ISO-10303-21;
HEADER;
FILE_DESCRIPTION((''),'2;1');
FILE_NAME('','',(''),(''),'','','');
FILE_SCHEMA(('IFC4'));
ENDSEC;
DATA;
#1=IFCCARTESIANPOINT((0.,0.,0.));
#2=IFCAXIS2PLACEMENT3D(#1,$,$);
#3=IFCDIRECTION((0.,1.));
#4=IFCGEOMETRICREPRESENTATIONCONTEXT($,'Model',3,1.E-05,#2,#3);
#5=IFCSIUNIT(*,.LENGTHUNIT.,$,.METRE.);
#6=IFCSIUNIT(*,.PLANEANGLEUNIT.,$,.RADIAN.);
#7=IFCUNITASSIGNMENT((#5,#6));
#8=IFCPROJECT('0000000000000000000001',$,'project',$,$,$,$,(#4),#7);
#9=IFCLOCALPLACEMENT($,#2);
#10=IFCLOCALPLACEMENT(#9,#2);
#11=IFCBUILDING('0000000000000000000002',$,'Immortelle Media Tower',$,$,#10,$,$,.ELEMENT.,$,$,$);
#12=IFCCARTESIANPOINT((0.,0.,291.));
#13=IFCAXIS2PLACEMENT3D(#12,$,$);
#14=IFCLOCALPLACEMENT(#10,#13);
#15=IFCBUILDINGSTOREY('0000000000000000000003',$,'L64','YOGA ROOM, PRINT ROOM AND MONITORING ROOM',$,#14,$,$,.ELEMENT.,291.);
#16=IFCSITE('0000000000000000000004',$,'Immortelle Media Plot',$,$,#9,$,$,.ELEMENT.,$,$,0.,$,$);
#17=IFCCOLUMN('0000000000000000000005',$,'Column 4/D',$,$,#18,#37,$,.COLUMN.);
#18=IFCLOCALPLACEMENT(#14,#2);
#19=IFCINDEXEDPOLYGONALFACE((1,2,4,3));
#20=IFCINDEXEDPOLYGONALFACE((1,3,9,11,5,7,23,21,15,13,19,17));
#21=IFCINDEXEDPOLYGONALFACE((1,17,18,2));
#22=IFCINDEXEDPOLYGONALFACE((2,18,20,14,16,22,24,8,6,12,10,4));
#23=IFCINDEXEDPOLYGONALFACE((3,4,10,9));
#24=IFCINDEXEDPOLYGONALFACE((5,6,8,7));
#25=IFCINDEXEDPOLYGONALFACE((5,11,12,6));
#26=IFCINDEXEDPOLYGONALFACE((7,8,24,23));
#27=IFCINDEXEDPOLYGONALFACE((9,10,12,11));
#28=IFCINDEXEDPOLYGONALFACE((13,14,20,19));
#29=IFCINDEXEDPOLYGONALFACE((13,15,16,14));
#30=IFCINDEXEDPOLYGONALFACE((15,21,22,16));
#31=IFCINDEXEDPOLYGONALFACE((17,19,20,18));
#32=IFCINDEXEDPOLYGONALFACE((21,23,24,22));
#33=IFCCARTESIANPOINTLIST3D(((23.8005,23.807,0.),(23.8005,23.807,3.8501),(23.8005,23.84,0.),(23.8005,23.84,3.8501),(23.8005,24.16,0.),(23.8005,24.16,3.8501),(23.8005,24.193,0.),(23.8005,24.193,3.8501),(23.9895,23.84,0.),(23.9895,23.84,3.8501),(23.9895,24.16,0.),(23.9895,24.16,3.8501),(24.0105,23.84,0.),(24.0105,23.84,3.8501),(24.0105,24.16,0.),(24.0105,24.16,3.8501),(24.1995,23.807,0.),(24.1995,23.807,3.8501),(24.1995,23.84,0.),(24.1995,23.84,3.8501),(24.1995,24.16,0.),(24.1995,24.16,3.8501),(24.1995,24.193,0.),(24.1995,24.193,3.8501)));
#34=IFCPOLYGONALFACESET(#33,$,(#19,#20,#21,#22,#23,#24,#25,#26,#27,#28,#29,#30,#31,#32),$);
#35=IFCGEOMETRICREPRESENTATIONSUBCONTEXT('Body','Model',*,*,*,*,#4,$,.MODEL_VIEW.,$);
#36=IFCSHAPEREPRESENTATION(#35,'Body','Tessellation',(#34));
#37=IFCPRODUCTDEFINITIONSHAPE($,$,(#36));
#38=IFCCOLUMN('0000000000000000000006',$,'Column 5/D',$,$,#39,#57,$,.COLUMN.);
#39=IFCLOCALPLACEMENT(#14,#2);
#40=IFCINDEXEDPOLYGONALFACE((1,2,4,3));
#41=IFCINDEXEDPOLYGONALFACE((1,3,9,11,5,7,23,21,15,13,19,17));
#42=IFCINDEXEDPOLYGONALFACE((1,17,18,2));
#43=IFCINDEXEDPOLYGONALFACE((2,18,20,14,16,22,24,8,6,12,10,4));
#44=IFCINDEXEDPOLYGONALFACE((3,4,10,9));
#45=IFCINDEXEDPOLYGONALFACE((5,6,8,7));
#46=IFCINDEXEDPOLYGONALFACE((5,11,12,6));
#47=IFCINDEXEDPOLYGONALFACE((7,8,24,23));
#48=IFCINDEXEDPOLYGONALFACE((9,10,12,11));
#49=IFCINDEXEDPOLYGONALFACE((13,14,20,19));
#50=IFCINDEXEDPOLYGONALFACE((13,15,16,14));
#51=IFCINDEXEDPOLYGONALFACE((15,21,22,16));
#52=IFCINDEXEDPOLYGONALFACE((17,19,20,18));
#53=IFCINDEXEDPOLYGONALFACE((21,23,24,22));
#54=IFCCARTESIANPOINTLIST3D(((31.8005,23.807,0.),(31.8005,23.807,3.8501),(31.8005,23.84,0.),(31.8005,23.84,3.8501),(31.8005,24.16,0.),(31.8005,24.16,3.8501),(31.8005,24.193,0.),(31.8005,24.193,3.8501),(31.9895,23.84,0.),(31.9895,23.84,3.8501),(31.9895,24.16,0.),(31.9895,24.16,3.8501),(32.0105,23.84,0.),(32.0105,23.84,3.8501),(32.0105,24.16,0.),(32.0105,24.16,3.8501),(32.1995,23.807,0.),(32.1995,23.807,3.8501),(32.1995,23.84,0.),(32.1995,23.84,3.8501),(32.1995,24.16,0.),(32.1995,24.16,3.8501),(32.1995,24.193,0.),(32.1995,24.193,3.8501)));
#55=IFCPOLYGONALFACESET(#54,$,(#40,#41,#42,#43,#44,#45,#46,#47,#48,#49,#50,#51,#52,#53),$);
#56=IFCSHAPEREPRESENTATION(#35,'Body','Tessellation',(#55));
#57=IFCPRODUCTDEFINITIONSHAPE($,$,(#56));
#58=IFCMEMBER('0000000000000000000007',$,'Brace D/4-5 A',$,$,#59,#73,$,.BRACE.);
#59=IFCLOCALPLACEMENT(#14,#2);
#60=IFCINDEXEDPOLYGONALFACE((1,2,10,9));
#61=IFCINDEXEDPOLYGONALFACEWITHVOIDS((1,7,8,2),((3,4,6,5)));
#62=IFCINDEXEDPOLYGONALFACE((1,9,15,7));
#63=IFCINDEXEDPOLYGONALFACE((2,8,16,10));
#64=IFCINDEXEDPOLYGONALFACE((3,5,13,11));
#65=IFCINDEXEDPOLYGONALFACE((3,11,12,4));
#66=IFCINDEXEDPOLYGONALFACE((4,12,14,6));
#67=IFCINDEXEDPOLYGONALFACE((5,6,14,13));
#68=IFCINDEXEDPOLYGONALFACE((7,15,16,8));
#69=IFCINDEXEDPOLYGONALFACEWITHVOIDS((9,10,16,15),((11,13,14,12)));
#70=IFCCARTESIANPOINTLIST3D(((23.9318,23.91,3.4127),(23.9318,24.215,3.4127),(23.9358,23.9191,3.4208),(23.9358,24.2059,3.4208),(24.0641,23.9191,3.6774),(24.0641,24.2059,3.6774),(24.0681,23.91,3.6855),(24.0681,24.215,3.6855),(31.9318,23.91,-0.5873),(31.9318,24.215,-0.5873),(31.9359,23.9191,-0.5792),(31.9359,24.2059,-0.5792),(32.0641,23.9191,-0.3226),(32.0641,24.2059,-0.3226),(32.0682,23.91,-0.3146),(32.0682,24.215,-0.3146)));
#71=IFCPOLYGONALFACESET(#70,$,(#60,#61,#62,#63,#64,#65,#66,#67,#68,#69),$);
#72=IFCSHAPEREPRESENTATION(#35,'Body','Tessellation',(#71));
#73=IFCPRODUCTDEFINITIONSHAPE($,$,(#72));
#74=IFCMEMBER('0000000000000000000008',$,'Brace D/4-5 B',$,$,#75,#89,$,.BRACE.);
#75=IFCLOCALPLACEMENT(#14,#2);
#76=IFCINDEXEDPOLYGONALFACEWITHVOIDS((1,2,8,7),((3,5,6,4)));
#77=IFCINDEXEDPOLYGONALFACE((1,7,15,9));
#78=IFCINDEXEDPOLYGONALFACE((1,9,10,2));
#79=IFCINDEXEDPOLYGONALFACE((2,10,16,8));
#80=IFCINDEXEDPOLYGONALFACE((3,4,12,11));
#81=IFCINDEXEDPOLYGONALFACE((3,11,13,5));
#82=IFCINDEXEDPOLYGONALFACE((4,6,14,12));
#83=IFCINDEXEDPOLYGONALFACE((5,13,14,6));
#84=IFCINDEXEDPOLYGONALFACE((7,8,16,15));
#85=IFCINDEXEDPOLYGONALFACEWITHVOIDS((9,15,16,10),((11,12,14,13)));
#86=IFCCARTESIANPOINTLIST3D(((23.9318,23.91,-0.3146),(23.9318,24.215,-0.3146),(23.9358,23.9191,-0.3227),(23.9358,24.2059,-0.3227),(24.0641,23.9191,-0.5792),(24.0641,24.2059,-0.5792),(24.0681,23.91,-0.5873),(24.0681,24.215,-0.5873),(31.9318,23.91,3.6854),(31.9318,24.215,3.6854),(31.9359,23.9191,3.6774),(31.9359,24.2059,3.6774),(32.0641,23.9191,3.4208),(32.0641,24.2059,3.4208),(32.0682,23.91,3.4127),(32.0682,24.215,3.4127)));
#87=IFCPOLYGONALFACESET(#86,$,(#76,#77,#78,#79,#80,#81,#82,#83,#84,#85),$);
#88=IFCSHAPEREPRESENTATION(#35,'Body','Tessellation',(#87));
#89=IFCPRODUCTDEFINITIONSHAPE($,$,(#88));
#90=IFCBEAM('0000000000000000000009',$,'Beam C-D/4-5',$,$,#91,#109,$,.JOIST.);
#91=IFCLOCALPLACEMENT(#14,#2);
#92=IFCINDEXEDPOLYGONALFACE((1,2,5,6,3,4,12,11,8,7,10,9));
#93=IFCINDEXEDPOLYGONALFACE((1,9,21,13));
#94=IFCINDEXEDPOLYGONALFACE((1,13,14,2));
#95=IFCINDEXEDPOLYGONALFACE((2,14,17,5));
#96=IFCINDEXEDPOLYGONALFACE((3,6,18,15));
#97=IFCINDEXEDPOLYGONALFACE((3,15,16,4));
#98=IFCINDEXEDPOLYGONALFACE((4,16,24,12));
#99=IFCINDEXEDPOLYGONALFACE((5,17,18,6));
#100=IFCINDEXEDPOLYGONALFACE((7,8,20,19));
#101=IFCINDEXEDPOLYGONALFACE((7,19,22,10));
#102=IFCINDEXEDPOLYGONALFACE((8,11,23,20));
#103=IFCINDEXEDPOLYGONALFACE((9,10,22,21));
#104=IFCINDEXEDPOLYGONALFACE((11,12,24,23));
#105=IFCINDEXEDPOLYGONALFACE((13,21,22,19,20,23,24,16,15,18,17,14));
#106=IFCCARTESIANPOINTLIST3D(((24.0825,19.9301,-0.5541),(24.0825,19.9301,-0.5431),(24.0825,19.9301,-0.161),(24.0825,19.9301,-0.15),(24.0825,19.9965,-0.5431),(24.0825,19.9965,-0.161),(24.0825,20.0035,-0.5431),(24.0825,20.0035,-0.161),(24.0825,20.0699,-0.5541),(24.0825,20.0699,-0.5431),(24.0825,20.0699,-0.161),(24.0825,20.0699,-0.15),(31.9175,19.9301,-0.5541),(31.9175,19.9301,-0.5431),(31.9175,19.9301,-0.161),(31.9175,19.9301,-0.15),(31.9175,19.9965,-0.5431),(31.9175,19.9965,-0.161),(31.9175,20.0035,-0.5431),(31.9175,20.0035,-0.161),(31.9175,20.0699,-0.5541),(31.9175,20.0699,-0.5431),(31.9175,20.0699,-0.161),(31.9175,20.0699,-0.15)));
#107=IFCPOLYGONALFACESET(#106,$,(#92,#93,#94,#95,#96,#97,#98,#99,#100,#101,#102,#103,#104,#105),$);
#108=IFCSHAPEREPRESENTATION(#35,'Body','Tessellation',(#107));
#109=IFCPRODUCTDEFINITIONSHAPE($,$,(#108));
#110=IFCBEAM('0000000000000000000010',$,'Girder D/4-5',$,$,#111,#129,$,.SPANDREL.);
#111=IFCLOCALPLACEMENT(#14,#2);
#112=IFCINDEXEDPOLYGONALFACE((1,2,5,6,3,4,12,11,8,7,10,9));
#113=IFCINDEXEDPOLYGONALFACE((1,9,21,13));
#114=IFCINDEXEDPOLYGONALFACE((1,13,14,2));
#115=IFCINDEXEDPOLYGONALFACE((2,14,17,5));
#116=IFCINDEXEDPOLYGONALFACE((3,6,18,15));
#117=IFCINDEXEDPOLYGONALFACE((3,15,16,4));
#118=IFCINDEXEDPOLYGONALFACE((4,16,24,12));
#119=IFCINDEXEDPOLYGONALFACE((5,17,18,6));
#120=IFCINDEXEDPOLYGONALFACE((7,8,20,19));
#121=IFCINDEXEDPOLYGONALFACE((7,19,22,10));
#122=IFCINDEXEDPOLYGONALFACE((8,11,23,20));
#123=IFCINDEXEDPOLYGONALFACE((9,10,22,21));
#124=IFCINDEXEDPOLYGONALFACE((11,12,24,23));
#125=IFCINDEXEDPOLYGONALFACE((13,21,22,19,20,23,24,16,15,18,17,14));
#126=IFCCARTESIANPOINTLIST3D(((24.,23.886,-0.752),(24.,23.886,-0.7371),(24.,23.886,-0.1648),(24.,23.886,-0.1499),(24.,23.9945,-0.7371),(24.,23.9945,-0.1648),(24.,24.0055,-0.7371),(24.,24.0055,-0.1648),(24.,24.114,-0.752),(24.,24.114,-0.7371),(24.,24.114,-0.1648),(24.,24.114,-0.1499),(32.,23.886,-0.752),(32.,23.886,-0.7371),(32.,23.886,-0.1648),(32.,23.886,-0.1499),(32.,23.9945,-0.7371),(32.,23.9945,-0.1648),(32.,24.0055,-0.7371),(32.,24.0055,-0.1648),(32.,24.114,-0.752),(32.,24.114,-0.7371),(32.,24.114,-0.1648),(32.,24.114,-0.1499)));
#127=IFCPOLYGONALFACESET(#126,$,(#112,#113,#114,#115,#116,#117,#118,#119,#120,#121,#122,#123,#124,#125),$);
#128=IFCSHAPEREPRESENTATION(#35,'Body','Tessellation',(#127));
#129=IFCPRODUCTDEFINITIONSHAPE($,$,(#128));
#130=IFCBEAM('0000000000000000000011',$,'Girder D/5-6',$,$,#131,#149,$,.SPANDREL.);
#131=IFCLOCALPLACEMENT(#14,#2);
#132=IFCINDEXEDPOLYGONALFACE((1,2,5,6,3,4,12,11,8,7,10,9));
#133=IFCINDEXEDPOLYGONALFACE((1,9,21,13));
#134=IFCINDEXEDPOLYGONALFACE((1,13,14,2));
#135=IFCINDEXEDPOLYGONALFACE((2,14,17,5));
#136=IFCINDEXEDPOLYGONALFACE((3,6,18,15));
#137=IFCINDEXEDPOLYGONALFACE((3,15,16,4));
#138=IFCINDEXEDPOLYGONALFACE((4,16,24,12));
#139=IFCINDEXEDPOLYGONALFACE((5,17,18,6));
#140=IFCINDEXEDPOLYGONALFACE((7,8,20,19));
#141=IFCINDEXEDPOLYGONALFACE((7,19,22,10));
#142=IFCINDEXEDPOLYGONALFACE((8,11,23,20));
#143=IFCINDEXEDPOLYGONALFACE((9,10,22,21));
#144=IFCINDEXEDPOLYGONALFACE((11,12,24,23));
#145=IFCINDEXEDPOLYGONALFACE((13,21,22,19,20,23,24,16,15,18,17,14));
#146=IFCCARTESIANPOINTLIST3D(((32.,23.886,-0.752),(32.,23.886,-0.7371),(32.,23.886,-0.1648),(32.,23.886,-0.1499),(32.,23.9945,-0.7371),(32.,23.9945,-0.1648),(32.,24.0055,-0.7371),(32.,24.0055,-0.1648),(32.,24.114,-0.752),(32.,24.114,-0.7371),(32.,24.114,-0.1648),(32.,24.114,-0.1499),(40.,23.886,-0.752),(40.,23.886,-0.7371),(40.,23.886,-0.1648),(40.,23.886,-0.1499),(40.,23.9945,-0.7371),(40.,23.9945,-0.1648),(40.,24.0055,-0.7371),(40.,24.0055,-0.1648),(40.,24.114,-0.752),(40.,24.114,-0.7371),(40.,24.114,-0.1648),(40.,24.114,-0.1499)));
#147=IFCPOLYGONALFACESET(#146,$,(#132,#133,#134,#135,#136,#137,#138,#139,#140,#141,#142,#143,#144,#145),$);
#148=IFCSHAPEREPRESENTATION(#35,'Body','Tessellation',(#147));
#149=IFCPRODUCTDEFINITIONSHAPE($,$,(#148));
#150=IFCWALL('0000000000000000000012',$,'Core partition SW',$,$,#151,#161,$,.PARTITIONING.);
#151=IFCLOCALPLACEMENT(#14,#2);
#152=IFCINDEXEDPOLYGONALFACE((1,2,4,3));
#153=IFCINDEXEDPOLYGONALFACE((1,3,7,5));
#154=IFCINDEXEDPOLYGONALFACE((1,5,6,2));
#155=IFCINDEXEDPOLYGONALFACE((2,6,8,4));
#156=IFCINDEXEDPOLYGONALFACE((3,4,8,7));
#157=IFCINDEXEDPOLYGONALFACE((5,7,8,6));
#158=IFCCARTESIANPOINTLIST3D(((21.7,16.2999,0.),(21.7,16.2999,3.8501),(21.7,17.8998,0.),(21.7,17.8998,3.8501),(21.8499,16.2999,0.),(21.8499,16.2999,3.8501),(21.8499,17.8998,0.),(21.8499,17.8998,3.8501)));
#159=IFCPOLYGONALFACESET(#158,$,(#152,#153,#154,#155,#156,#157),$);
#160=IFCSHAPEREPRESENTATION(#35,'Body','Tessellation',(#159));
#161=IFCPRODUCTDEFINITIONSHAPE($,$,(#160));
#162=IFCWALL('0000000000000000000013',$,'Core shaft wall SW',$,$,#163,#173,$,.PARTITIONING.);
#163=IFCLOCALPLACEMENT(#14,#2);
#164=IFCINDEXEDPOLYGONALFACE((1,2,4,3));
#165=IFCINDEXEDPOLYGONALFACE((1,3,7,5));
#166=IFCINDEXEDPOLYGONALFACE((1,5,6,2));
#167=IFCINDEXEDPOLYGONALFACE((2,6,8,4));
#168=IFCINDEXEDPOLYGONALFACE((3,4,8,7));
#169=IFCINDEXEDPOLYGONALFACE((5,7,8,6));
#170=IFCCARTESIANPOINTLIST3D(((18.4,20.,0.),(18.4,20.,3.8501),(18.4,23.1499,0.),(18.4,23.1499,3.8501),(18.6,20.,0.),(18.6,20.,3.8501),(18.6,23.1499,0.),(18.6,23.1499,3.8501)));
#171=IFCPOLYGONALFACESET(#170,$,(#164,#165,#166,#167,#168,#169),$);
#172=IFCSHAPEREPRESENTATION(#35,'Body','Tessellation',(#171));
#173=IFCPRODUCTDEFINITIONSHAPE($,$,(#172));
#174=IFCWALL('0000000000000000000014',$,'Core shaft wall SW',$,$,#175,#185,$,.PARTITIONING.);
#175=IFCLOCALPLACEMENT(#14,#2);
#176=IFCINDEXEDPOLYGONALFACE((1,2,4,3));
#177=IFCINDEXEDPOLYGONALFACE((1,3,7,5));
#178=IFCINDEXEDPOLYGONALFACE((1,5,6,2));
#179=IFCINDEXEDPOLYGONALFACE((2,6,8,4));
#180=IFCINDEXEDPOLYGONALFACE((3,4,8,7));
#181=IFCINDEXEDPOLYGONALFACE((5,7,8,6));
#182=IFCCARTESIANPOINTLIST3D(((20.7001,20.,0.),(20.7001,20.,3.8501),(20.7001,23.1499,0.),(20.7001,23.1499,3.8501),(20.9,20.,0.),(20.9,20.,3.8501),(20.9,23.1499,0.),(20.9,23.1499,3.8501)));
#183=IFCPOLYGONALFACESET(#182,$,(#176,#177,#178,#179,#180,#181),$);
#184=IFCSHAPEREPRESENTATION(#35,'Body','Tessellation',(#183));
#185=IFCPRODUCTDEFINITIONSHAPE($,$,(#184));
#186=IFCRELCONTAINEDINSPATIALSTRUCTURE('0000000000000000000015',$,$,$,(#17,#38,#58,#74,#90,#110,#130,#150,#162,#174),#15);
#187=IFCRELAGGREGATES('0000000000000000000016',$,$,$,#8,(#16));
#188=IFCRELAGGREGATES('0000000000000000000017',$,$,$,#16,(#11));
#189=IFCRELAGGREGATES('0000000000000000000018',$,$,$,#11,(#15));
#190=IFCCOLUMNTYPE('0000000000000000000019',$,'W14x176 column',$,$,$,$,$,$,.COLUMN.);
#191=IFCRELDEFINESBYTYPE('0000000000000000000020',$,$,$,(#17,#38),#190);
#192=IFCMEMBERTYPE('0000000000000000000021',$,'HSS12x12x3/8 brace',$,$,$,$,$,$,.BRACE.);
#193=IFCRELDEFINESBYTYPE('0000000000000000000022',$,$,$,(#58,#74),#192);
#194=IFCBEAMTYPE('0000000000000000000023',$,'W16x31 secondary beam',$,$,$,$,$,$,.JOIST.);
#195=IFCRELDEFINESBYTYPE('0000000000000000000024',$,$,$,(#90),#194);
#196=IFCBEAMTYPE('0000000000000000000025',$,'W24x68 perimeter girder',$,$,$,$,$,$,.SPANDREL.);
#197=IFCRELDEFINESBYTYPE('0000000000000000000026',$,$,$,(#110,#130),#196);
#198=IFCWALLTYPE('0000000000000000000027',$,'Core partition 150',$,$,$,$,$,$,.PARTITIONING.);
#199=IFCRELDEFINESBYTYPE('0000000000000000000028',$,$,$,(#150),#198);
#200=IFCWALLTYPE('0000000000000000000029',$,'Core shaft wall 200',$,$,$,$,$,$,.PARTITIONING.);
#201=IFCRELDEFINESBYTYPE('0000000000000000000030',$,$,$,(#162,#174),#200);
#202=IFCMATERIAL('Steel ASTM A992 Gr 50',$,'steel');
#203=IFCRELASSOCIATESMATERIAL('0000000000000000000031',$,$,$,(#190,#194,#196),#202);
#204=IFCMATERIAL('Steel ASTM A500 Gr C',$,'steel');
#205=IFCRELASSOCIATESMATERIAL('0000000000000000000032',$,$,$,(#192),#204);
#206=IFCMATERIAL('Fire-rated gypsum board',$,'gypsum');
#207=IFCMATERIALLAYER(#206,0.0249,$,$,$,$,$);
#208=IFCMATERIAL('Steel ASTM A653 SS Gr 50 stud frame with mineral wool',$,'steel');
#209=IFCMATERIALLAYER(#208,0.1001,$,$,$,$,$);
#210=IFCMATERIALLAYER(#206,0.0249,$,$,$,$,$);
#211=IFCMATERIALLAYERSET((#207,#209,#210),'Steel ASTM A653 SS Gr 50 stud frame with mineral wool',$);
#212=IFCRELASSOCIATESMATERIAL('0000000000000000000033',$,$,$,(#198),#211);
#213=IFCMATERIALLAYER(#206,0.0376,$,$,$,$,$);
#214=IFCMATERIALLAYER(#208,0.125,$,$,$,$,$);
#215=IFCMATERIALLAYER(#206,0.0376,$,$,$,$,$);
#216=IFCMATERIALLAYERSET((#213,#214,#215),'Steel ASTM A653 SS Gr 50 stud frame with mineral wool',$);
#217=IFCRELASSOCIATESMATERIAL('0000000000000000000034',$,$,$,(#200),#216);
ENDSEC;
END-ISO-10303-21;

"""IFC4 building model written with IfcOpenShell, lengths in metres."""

from ifc_helpers import new_model, si_unit, direction, frame, frame_2d, origin, origin_2d, place, context, subcontext, project, spatial, rectangle, hollow_rectangle, i_section, extrude, material, layer, layer_set, material_profile, profile_set, type_object, element, save


model = new_model("IFC4")

# Units and contexts
model_context = context("Model", 3, precision=1e-05, world=origin(), true_north=direction((0.0, 1.0)))
body_context = subcontext(model_context, "Body", "Model", "MODEL_VIEW")
ifc_project = project(units=[si_unit("LENGTHUNIT", "METRE"), si_unit("PLANEANGLEUNIT", "RADIAN")], contexts=[model_context])

# Site, building, storey
site_placement = place(None, origin())
site = spatial("IfcSite", under=ifc_project, at=site_placement, Name="Immortelle Media Plot", CompositionType="ELEMENT", RefElevation=0.0)
building_placement = place(site_placement, origin())
building = spatial("IfcBuilding", under=site, at=building_placement, Name="Immortelle Media Tower", CompositionType="ELEMENT")
storey_placement = place(building_placement, frame((0.0, 0.0, 291.0)))
storey = spatial("IfcBuildingStorey", under=building, at=storey_placement, Name="L64", Description="YOGA ROOM, PRINT ROOM AND MONITORING ROOM", CompositionType="ELEMENT", Elevation=291.0)

# Columns
ifc_material_1 = material(Name="Steel ASTM A992 Gr 50", Category="steel")
ifc_material_profile_1 = material_profile(ifc_material_1, i_section(OverallWidth=0.3989, OverallDepth=0.386, WebThickness=0.021, FlangeThickness=0.033, at=origin_2d()), Name="W14x176")
ifc_profile_set_1 = profile_set([ifc_material_profile_1], Name="Steel ASTM A992 Gr 50")
column_type = type_object("IfcColumnType", Name="W14x176 column", PredefinedType="COLUMN", material=ifc_profile_set_1)
for number, where, z_axis, x_axis, name in (
    (1, (24.0, 24.0, 0.0), (0.0, 0.0, 1.0), (1.0, 0.0, 0.0), "Column 4/D"),
    (2, (32.0, 24.0, 0.0), (0.0, 0.0, 1.0), (1.0, 0.0, 0.0), "Column 5/D"),
):
    element("IfcColumn", number, at=place(storey_placement, frame(where, z_axis=z_axis, x_axis=x_axis)), inside=storey, type_object=column_type, Name=name, PredefinedType="COLUMN", context=body_context, shape_type="SweptSolid", body=[
        extrude(i_section(OverallWidth=0.3989, OverallDepth=0.386, WebThickness=0.021, FlangeThickness=0.033, at=origin_2d()), origin(), (0.0, 0.0, 1.0), 3.8501),
    ])

# Members
ifc_material_2 = material(Name="Steel ASTM A500 Gr C", Category="steel")
ifc_material_profile_2 = material_profile(ifc_material_2, hollow_rectangle(XDim=0.3049, YDim=0.3049, WallThickness=0.009, at=origin_2d()), Name="HSS12x12x3/8 brace")
ifc_profile_set_2 = profile_set([ifc_material_profile_2], Name="Steel ASTM A500 Gr C")
member_type = type_object("IfcMemberType", Name="HSS12x12x3/8 brace", PredefinedType="BRACE", material=ifc_profile_set_2)
for number, where, z_axis, x_axis, name in (
    (3, (32.0, 24.0625, -0.4509), (-0.894427, 0.0, 0.447214), (0.0, -1.0, 0.0), "Brace D/4-5 A"),
    (4, (32.0, 24.0625, 3.5491), (-0.894427, 0.0, -0.447214), (0.0, -1.0, 0.0), "Brace D/4-5 B"),
):
    element("IfcMember", number, at=place(storey_placement, frame(where, z_axis=z_axis, x_axis=x_axis)), inside=storey, type_object=member_type, Name=name, PredefinedType="BRACE", context=body_context, shape_type="SweptSolid", body=[
        extrude(hollow_rectangle(XDim=0.3049, YDim=0.3049, WallThickness=0.009, at=origin_2d()), origin(), (0.0, 0.0, 1.0), 8.9443),
    ])

# Beams
ifc_material_profile_3 = material_profile(ifc_material_1, i_section(OverallWidth=0.1399, OverallDepth=0.4041, WebThickness=0.0071, FlangeThickness=0.011, at=origin_2d()), Name="W16x31")
ifc_profile_set_3 = profile_set([ifc_material_profile_3], Name="Steel ASTM A992 Gr 50")
beam_type_1 = type_object("IfcBeamType", Name="W16x31 secondary beam", PredefinedType="JOIST", material=ifc_profile_set_3)
beam_placement = place(storey_placement, frame((24.0825, 20.0, -0.3521), z_axis=(1.0, 0.0, 0.0), x_axis=(0.0, 1.0, 0.0)))
element("IfcBeam", 5, at=beam_placement, inside=storey, type_object=beam_type_1, Name="Beam C-D/4-5", PredefinedType="JOIST", context=body_context, shape_type="SweptSolid", body=[
    extrude(i_section(OverallWidth=0.1399, OverallDepth=0.4041, WebThickness=0.0071, FlangeThickness=0.011, at=origin_2d()), origin(), (0.0, 0.0, 1.0), 7.835),
])
ifc_material_profile_4 = material_profile(ifc_material_1, i_section(OverallWidth=0.228, OverallDepth=0.6021, WebThickness=0.011, FlangeThickness=0.0149, at=origin_2d()), Name="W24x68")
ifc_profile_set_4 = profile_set([ifc_material_profile_4], Name="Steel ASTM A992 Gr 50")
beam_type_2 = type_object("IfcBeamType", Name="W24x68 perimeter girder", PredefinedType="SPANDREL", material=ifc_profile_set_4)
for number, where, z_axis, x_axis, name in (
    (6, (24.0, 24.0, -0.4509), (1.0, 0.0, 0.0), (0.0, 1.0, 0.0), "Girder D/4-5"),
    (7, (32.0, 24.0, -0.4509), (1.0, 0.0, 0.0), (0.0, 1.0, 0.0), "Girder D/5-6"),
):
    element("IfcBeam", number, at=place(storey_placement, frame(where, z_axis=z_axis, x_axis=x_axis)), inside=storey, type_object=beam_type_2, Name=name, PredefinedType="SPANDREL", context=body_context, shape_type="SweptSolid", body=[
        extrude(i_section(OverallWidth=0.228, OverallDepth=0.6021, WebThickness=0.011, FlangeThickness=0.0149, at=origin_2d()), origin(), (0.0, 0.0, 1.0), 8.0),
    ])

# Walls
ifc_material_3 = material(Name="Fire-rated gypsum board", Category="gypsum")
ifc_layer_1 = layer(ifc_material_3, 0.0249)
ifc_material_4 = material(Name="Steel ASTM A653 SS Gr 50 stud frame with mineral wool", Category="steel")
ifc_layer_2 = layer(ifc_material_4, 0.1001)
ifc_layer_3 = layer(ifc_material_3, 0.0249)
ifc_layer_set_1 = layer_set([ifc_layer_1, ifc_layer_2, ifc_layer_3], Name="Steel ASTM A653 SS Gr 50 stud frame with mineral wool")
wall_type_1 = type_object("IfcWallType", Name="Core partition 150", PredefinedType="PARTITIONING", material=ifc_layer_set_1)
wall_1_placement = place(storey_placement, frame((21.7749, 16.3, 0.0), z_axis=(0.0, 0.0, 1.0), x_axis=(0.0, 1.0, 0.0)))
element("IfcWall", 8, at=wall_1_placement, inside=storey, type_object=wall_type_1, Name="Core partition SW", PredefinedType="PARTITIONING", context=body_context, shape_type="SweptSolid", body=[
    extrude(rectangle(XDim=1.5999, YDim=0.1499, at=frame_2d((0.7998, 0.0))), origin(), (0.0, 0.0, 1.0), 3.8501),
])
ifc_layer_4 = layer(ifc_material_3, 0.0376)
ifc_layer_5 = layer(ifc_material_4, 0.125)
ifc_layer_6 = layer(ifc_material_3, 0.0376)
ifc_layer_set_2 = layer_set([ifc_layer_4, ifc_layer_5, ifc_layer_6], Name="Steel ASTM A653 SS Gr 50 stud frame with mineral wool")
wall_type_2 = type_object("IfcWallType", Name="Core shaft wall 200", PredefinedType="PARTITIONING", material=ifc_layer_set_2)
for number, where, z_axis, x_axis, name in (
    (9, (18.5, 20.0, 0.0), (0.0, 0.0, 1.0), (0.0, 1.0, 0.0), "Core shaft wall SW"),
    (10, (20.8, 20.0, 0.0), (0.0, 0.0, 1.0), (0.0, 1.0, 0.0), "Core shaft wall SW"),
):
    element("IfcWall", number, at=place(storey_placement, frame(where, z_axis=z_axis, x_axis=x_axis)), inside=storey, type_object=wall_type_2, Name=name, PredefinedType="PARTITIONING", context=body_context, shape_type="SweptSolid", body=[
        extrude(rectangle(XDim=3.1499, YDim=0.2, at=frame_2d((1.575, 0.0))), origin(), (0.0, 0.0, 1.0), 3.8501),
    ])

save(model, "model.ifc")
